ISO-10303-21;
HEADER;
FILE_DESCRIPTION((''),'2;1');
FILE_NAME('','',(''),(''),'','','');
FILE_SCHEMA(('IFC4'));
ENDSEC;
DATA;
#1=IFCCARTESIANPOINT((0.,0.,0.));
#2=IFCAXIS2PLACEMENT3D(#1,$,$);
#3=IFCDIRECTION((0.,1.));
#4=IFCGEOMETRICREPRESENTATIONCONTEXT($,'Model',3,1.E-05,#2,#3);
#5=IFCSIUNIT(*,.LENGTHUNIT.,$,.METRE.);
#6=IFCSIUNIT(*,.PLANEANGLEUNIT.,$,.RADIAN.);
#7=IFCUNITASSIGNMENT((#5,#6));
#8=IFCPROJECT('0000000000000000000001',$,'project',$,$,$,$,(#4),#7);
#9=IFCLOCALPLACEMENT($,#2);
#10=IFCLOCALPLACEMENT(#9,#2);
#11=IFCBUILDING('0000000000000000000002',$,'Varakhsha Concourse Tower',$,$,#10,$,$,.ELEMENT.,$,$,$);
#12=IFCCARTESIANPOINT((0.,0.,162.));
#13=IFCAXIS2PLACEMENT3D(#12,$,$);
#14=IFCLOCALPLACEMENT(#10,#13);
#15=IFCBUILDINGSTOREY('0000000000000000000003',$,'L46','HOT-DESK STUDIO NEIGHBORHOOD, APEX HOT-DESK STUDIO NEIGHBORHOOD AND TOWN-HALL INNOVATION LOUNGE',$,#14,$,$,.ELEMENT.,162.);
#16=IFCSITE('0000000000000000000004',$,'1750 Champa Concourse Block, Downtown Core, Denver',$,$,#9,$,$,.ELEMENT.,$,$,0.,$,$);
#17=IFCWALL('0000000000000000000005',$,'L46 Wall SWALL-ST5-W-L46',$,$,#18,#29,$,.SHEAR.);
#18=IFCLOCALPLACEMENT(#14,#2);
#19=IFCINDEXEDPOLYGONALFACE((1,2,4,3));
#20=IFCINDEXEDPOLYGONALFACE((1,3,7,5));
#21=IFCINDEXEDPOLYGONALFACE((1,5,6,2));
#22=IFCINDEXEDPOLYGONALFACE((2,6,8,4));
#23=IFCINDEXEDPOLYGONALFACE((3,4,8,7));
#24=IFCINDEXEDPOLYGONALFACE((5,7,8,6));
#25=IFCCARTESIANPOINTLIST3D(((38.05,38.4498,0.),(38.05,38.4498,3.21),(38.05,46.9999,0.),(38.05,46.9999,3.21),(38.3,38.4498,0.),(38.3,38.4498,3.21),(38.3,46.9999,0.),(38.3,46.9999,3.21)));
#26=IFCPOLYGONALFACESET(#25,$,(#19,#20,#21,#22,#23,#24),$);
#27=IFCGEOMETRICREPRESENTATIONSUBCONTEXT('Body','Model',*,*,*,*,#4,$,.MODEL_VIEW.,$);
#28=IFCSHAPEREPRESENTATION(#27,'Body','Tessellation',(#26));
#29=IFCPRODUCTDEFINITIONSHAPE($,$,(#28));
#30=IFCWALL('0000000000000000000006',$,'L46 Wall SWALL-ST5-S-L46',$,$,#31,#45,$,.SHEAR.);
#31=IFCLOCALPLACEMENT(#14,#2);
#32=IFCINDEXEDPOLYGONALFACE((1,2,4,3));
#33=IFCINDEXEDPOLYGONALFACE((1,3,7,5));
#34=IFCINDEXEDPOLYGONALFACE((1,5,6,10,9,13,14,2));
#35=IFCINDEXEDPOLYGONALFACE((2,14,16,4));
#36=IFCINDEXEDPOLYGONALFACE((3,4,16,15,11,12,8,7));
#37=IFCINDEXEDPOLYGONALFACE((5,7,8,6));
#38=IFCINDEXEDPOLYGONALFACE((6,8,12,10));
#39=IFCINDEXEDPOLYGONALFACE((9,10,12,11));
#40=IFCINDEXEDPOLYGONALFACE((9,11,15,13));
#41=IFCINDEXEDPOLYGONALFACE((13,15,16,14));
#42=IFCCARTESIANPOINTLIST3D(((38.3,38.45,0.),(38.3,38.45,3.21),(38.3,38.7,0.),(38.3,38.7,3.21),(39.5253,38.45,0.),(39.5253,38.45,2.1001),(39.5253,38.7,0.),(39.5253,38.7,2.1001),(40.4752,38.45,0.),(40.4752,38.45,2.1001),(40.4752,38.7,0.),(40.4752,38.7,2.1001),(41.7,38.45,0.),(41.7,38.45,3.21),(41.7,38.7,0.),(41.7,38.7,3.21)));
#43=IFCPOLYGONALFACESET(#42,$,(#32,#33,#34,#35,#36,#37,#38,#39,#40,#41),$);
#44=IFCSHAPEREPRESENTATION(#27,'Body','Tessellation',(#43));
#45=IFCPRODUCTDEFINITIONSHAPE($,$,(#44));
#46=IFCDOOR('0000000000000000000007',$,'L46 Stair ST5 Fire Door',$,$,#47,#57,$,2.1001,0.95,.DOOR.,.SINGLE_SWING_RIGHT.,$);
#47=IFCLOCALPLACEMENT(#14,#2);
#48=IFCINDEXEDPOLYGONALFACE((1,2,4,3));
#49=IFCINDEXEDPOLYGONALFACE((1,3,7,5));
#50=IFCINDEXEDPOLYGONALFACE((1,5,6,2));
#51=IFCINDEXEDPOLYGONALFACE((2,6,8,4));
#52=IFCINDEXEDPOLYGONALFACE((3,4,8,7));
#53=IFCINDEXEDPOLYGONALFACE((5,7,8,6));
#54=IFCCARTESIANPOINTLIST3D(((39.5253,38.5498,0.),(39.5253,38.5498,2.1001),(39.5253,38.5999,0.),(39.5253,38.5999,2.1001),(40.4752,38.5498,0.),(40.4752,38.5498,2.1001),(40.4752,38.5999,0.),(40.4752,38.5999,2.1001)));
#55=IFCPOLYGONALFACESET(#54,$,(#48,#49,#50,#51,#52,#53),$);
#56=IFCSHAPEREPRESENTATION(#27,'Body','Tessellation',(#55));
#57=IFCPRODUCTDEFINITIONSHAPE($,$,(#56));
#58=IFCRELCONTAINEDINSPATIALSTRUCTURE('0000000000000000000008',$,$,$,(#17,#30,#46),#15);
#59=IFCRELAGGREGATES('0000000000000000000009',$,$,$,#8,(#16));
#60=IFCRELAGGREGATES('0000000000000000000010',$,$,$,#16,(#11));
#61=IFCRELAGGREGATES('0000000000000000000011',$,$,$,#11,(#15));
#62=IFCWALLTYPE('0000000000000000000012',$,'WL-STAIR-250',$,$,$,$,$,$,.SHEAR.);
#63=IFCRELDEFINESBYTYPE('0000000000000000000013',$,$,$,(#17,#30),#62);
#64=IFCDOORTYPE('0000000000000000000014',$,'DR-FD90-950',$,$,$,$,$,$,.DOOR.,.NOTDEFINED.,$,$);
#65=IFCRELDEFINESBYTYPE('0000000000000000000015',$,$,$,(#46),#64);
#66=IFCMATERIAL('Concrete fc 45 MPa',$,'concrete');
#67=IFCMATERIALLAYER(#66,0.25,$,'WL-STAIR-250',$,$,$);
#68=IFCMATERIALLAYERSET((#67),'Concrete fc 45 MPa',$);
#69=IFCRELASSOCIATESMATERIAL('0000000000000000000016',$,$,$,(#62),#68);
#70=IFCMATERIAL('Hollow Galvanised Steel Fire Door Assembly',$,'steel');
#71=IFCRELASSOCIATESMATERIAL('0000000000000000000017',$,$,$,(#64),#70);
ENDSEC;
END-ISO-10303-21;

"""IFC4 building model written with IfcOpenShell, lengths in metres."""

from ifc_helpers import new_model, si_unit, direction, frame, frame_2d, origin, place, context, subcontext, project, spatial, rectangle, extrude, material, layer, layer_set, type_object, element, fill, save


model = new_model("IFC4")

# Units and contexts
model_context = context("Model", 3, precision=1e-05, world=origin(), true_north=direction((0.0, 1.0)))
body_context = subcontext(model_context, "Body", "Model", "MODEL_VIEW")
ifc_project = project(units=[si_unit("LENGTHUNIT", "METRE"), si_unit("PLANEANGLEUNIT", "RADIAN")], contexts=[model_context])

# Site, building, storey
site_placement = place(None, origin())
site = spatial("IfcSite", under=ifc_project, at=site_placement, Name="1750 Champa Concourse Block, Downtown Core, Denver", CompositionType="ELEMENT", RefElevation=0.0)
building_placement = place(site_placement, origin())
building = spatial("IfcBuilding", under=site, at=building_placement, Name="Varakhsha Concourse Tower", CompositionType="ELEMENT")
storey_placement = place(building_placement, frame((0.0, 0.0, 162.0)))
storey = spatial("IfcBuildingStorey", under=building, at=storey_placement, Name="L46", Description="HOT-DESK STUDIO NEIGHBORHOOD, APEX HOT-DESK STUDIO NEIGHBORHOOD AND TOWN-HALL INNOVATION LOUNGE", CompositionType="ELEMENT", Elevation=162.0)

# Shared definitions
ifc_material_1 = material(Name="Concrete fc 45 MPa", Category="concrete")

# Shared definitions
ifc_material_2 = material(Name="Hollow Galvanised Steel Fire Door Assembly", Category="steel")

# Wall
ifc_layer_1 = layer(ifc_material_1, 0.25, Name="WL-STAIR-250")
ifc_layer_set_1 = layer_set([ifc_layer_1], Name="Concrete fc 45 MPa")
wall_type_1 = type_object("IfcWallType", Name="WL-STAIR-250", PredefinedType="SHEAR", material=ifc_layer_set_1)
wall_1_placement = place(storey_placement, frame((38.175, 38.45, 0.0), z_axis=(0.0, 0.0, 1.0), x_axis=(0.0, 1.0, 0.0)))
element("IfcWall", 1, at=wall_1_placement, inside=storey, type_object=wall_type_1, Name="L46 Wall SWALL-ST5-W-L46", PredefinedType="SHEAR", context=body_context, shape_type="SweptSolid", body=[
    extrude(rectangle(XDim=8.55, YDim=0.25, at=frame_2d((4.2749, 0.0))), origin(), (0.0, 0.0, 1.0), 3.21),
])

# Wall, opening, door
wall_2_placement = place(storey_placement, frame((38.3, 38.575, 0.0), z_axis=(0.0, 0.0, 1.0), x_axis=(1.0, 0.0, 0.0)))
wall_2 = element("IfcWall", 2, at=wall_2_placement, inside=storey, type_object=wall_type_1, Name="L46 Wall SWALL-ST5-S-L46", PredefinedType="SHEAR", context=body_context, shape_type="SweptSolid", body=[
    extrude(rectangle(XDim=3.3999, YDim=0.25, at=frame_2d((1.7, 0.0))), origin(), (0.0, 0.0, 1.0), 3.21),
])
opening_1_placement = place(wall_2_placement, frame((1.2251, 0.0, 0.0)))
opening_1 = element("IfcOpeningElement", 3, at=opening_1_placement, cuts=wall_2, PredefinedType="OPENING", context=body_context, shape_type="SweptSolid", body=[
    extrude(rectangle(XDim=0.95, YDim=2.1001, at=frame_2d((0.4751, 1.05))), frame((0.0, 0.135, 0.0), z_axis=(0.0, -1.0, 0.0), x_axis=(1.0, 0.0, 0.0)), (0.0, 0.0, 1.0), 0.27),
])
door_type_1 = type_object("IfcDoorType", Name="DR-FD90-950", OperationType="NOTDEFINED", PredefinedType="DOOR", material=ifc_material_2)
door_1_placement = place(opening_1_placement, origin())
door_1 = element("IfcDoor", 4, at=door_1_placement, inside=storey, type_object=door_type_1, Name="L46 Stair ST5 Fire Door", OperationType="SINGLE_SWING_RIGHT", OverallHeight=2.1001, OverallWidth=0.95, PredefinedType="DOOR", context=body_context, shape_type="SweptSolid", body=[
    extrude(rectangle(XDim=0.95, YDim=2.1001, at=frame_2d((0.4751, 1.05))), frame((0.0, 0.0249, 0.0), z_axis=(0.0, -1.0, 0.0), x_axis=(1.0, 0.0, 0.0)), (0.0, 0.0, 1.0), 0.05),
])
fill(opening_1, door_1)

save(model, "model.ifc")
